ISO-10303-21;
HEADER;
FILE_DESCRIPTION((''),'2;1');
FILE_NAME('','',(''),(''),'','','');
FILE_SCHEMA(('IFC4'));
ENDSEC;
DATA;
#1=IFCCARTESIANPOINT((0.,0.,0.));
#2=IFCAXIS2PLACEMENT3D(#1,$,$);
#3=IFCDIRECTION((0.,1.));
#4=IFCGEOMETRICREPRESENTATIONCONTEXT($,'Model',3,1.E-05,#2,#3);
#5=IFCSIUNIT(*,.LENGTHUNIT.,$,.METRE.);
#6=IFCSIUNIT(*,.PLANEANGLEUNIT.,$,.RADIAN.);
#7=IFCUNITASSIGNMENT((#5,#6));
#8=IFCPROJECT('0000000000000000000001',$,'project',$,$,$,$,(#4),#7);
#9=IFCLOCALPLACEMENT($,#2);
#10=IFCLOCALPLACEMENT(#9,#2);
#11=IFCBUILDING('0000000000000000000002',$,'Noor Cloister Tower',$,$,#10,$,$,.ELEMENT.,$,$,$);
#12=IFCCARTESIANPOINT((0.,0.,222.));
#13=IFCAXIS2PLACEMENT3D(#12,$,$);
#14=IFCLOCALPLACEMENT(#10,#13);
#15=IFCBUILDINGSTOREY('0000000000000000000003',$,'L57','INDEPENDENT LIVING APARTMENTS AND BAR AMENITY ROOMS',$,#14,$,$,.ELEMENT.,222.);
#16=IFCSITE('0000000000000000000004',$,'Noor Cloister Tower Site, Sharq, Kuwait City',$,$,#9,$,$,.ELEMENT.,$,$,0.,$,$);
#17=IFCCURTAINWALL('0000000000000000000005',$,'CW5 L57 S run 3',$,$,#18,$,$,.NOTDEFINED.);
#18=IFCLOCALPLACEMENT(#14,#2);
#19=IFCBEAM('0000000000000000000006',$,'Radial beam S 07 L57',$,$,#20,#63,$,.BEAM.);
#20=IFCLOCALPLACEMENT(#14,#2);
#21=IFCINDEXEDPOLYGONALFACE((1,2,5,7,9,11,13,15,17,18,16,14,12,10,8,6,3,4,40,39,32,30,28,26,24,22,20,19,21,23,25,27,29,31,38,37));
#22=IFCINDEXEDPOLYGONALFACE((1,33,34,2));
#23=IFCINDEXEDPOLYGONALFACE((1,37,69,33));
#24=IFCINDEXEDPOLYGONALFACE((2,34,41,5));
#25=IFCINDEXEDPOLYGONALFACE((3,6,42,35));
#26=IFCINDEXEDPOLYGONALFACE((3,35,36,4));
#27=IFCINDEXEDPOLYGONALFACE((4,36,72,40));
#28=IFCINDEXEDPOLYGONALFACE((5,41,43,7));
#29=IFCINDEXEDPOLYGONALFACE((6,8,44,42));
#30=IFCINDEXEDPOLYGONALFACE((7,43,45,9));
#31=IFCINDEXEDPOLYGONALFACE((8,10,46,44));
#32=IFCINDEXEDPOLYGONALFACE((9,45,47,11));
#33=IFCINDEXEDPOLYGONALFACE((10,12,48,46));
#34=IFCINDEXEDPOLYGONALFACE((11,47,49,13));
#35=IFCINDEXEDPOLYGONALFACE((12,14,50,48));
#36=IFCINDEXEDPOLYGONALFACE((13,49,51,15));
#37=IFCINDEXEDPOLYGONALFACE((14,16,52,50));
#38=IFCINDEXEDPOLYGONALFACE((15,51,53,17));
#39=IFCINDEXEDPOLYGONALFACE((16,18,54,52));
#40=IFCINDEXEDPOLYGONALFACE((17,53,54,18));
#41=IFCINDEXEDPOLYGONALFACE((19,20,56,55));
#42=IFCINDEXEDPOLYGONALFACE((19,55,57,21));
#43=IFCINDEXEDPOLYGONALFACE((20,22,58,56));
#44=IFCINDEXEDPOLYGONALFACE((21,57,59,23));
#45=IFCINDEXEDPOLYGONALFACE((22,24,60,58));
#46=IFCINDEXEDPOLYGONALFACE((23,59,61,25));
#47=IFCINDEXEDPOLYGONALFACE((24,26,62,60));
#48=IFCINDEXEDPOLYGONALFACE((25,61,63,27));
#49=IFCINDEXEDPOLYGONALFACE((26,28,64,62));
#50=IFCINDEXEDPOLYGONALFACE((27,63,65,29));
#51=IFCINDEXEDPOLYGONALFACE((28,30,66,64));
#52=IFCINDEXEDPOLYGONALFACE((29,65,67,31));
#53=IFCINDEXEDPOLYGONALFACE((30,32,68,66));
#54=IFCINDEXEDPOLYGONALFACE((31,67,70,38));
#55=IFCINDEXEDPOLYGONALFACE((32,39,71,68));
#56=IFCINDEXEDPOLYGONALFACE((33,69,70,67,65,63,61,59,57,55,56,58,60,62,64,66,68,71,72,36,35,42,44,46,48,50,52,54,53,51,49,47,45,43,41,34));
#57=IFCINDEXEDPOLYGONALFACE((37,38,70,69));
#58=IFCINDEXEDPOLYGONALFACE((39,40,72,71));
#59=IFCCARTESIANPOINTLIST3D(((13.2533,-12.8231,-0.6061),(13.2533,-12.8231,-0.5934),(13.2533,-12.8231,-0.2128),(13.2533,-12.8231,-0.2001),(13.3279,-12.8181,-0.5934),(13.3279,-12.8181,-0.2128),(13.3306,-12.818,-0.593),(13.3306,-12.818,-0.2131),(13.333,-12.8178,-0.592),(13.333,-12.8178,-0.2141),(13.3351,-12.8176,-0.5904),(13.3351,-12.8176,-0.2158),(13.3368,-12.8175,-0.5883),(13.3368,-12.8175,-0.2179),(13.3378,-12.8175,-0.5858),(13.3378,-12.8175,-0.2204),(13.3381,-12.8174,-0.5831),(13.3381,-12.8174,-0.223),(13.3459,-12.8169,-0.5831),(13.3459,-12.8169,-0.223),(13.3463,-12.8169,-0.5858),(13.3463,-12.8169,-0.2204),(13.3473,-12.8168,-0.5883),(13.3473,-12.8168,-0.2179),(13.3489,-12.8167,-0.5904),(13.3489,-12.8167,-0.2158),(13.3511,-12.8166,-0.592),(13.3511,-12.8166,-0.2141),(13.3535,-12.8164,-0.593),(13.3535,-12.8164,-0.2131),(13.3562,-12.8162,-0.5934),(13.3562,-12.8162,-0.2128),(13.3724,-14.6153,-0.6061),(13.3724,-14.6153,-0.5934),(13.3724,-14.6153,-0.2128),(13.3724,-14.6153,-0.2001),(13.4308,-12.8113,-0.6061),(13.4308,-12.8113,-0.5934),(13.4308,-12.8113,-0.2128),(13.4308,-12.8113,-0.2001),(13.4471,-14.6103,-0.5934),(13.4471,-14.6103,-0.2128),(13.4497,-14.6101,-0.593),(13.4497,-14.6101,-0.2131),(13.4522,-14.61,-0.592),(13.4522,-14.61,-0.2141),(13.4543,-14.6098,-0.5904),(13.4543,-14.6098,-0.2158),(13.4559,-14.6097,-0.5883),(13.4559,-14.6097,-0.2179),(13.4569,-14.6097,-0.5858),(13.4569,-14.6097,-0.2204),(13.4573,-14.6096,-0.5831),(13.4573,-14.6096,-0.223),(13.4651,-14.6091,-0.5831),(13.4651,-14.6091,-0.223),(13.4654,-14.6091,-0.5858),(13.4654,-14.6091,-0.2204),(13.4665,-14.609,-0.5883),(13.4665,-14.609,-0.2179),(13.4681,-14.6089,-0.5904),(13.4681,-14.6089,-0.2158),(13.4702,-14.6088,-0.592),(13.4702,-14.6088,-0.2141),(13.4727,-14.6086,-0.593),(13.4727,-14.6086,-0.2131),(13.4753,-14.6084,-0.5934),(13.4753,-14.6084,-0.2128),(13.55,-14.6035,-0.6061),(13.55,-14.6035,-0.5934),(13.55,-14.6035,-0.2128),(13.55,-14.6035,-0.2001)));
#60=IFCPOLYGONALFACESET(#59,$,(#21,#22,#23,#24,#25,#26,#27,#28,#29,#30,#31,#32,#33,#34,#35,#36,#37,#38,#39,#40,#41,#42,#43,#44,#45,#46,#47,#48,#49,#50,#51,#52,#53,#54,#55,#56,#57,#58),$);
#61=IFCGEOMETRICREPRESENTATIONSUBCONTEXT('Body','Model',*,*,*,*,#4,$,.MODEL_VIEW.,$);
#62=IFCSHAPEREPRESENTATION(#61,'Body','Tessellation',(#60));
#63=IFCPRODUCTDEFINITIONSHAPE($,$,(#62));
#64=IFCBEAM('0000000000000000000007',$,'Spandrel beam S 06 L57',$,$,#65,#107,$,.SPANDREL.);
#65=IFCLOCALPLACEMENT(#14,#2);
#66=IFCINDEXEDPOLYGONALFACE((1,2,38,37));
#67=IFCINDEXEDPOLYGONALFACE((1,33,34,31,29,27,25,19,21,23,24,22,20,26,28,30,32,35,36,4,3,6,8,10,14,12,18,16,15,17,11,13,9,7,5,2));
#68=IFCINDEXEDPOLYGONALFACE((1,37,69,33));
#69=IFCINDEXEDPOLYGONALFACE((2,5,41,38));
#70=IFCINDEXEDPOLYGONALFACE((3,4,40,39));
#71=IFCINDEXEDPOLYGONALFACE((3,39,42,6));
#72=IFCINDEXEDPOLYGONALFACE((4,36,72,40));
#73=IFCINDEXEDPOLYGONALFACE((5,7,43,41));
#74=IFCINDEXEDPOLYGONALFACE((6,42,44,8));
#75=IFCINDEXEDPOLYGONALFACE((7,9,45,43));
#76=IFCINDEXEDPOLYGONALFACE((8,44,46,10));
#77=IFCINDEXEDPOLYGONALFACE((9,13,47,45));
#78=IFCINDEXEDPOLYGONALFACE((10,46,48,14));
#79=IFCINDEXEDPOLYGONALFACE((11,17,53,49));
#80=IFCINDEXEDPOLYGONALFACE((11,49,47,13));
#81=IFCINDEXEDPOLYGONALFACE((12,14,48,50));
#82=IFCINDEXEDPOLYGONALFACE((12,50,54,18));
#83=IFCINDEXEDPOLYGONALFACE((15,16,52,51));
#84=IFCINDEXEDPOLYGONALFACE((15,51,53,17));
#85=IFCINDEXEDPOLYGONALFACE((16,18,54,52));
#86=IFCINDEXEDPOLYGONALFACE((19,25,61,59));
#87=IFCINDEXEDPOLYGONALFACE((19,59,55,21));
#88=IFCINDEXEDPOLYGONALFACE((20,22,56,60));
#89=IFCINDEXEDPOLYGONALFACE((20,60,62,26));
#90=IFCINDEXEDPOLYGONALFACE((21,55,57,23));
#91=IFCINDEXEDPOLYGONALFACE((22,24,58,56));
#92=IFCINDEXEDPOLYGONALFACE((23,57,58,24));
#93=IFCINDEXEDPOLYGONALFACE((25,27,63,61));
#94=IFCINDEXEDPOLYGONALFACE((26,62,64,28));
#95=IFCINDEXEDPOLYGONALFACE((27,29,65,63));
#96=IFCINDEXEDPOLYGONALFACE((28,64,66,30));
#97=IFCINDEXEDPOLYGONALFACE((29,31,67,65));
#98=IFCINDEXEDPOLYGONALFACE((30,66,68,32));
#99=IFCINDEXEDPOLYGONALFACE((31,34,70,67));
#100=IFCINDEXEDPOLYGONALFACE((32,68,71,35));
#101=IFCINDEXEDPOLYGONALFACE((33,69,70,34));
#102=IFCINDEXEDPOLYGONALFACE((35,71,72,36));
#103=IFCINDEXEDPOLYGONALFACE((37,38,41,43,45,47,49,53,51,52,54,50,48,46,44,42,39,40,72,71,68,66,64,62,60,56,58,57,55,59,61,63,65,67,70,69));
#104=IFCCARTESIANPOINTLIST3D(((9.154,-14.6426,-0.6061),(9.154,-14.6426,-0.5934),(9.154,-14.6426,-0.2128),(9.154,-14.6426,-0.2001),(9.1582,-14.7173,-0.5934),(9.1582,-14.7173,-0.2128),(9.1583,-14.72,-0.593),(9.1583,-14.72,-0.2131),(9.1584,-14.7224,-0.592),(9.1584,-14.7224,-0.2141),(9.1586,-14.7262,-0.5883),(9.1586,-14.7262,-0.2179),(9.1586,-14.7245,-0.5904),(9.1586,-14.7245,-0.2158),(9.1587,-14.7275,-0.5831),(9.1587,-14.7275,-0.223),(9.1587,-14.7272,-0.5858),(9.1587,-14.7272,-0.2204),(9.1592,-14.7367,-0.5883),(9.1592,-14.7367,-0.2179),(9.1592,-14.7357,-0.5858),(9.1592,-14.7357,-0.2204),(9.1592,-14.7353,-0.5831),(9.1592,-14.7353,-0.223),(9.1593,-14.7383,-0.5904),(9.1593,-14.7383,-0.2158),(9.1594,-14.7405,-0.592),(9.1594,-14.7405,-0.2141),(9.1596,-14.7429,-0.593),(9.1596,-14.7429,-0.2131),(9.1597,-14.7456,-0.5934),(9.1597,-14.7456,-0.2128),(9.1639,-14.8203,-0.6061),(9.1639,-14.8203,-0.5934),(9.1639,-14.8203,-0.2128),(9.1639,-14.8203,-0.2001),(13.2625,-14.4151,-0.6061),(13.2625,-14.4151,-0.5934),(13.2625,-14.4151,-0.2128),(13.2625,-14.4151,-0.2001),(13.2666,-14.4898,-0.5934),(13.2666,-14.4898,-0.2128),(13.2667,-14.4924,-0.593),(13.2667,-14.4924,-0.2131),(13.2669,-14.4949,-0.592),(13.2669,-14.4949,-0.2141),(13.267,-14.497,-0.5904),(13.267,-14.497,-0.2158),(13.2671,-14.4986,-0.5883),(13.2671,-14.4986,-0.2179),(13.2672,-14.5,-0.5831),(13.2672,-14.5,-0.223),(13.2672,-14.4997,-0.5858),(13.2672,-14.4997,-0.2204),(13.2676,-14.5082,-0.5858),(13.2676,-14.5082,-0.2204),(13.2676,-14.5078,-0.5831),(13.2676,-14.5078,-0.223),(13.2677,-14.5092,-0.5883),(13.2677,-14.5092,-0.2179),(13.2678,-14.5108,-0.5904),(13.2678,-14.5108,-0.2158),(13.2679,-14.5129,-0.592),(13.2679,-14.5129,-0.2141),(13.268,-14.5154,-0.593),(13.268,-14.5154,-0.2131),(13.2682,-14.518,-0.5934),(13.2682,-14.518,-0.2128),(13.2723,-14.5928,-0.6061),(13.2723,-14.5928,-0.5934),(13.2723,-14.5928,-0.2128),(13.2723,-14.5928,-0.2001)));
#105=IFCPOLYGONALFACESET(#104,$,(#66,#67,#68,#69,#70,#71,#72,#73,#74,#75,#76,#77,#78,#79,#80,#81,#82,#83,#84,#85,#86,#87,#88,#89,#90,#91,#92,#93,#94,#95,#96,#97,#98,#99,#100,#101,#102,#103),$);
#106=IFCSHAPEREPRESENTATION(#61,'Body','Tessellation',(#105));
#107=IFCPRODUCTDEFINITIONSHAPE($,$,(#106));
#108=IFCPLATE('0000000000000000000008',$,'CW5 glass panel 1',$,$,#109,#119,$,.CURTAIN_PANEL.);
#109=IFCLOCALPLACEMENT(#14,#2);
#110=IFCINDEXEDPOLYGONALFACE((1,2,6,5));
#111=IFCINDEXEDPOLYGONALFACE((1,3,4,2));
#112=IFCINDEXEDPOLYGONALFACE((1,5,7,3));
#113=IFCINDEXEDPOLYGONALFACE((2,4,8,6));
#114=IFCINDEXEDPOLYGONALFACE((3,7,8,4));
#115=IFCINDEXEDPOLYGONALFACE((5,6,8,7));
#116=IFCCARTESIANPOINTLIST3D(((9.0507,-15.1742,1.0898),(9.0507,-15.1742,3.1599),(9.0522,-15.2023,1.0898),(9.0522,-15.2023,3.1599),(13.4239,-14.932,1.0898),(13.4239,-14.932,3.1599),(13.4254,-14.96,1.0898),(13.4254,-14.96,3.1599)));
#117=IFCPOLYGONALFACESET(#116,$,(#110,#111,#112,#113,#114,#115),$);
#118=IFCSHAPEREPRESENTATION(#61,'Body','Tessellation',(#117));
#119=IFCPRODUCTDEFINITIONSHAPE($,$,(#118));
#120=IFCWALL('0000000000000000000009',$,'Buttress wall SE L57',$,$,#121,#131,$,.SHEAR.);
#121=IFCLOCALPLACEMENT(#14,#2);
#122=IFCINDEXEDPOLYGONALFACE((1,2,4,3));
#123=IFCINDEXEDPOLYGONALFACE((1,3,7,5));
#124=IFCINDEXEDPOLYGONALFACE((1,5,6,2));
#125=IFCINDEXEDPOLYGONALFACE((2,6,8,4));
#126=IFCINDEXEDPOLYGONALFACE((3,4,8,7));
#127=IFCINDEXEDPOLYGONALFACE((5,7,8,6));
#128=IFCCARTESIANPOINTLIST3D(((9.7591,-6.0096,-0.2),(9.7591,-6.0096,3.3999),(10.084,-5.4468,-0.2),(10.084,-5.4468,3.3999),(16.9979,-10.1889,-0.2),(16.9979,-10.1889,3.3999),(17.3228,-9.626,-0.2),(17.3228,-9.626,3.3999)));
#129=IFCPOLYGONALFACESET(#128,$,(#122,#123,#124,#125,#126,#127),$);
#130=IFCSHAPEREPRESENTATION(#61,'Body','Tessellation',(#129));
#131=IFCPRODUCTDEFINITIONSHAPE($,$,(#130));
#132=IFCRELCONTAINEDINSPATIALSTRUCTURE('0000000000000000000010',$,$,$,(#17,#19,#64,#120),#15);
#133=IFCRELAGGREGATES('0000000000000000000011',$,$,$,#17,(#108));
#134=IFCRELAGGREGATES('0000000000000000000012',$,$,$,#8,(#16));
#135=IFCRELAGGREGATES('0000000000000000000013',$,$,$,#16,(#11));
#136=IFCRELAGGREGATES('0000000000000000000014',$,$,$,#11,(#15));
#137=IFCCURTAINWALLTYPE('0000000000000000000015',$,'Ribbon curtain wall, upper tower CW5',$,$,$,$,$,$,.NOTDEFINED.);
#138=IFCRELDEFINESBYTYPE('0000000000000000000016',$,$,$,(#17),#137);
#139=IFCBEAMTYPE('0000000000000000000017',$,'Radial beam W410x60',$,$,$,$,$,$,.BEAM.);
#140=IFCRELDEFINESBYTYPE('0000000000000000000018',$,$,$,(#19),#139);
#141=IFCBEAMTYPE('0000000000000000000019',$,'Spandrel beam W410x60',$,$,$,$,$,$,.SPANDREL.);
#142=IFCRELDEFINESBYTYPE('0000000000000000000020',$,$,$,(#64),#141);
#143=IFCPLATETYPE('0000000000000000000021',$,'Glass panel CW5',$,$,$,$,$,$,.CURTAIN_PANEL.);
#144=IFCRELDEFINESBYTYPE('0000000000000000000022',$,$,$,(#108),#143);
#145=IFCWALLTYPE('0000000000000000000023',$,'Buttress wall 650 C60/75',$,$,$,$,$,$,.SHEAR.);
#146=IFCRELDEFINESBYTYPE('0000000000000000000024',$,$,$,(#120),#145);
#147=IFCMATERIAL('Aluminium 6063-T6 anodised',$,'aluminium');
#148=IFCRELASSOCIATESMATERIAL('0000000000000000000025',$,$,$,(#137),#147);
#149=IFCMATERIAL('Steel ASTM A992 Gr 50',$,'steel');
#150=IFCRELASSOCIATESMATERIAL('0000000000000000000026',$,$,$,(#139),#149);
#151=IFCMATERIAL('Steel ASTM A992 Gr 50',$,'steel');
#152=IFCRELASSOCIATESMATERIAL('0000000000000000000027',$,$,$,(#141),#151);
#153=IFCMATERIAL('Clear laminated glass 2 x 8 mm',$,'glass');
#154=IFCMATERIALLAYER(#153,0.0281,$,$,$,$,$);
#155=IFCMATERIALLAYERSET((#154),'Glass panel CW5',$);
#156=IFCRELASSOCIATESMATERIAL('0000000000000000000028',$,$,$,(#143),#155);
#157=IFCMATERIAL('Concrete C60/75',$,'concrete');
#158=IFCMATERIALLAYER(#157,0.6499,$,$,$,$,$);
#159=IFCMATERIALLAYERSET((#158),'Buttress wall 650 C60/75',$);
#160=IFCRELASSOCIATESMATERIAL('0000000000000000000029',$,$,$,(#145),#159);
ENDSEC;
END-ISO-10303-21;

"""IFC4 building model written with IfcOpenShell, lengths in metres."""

from ifc_helpers import new_model, si_unit, direction, frame, frame_2d, origin, origin_2d, place, context, subcontext, project, spatial, rectangle, i_section, extrude, material, layer, layer_set, material_profile, profile_set, type_object, element, aggregate, save


model = new_model("IFC4")

# Units and contexts
model_context = context("Model", 3, precision=1e-05, world=origin(), true_north=direction((0.0, 1.0)))
body_context = subcontext(model_context, "Body", "Model", "MODEL_VIEW")
ifc_project = project(units=[si_unit("LENGTHUNIT", "METRE"), si_unit("PLANEANGLEUNIT", "RADIAN")], contexts=[model_context])

# Site, building, storey
site_placement = place(None, origin())
site = spatial("IfcSite", under=ifc_project, at=site_placement, Name="Noor Cloister Tower Site, Sharq, Kuwait City", CompositionType="ELEMENT", RefElevation=0.0)
building_placement = place(site_placement, origin())
building = spatial("IfcBuilding", under=site, at=building_placement, Name="Noor Cloister Tower", CompositionType="ELEMENT")
storey_placement = place(building_placement, frame((0.0, 0.0, 222.0)))
storey = spatial("IfcBuildingStorey", under=building, at=storey_placement, Name="L57", Description="INDEPENDENT LIVING APARTMENTS AND BAR AMENITY ROOMS", CompositionType="ELEMENT", Elevation=222.0)

# Curtain wall
ifc_material_1 = material(Name="Aluminium 6063-T6 anodised", Category="aluminium")
curtain_wall_type = type_object("IfcCurtainWallType", Name="Ribbon curtain wall, upper tower CW5", PredefinedType="NOTDEFINED", material=ifc_material_1)
curtain_wall_placement = place(storey_placement, origin())
curtain_wall = element("IfcCurtainWall", 1, at=curtain_wall_placement, inside=storey, type_object=curtain_wall_type, Name="CW5 L57 S run 3", PredefinedType="NOTDEFINED")

# Beams
ifc_material_2 = material(Name="Steel ASTM A992 Gr 50", Category="steel")
ifc_material_profile_1 = material_profile(ifc_material_2, i_section(OverallWidth=0.178, OverallDepth=0.406, WebThickness=0.0078, FlangeThickness=0.0127, FilletRadius=0.0103, at=origin_2d()), Name="W410x60")
ifc_profile_set_1 = profile_set([ifc_material_profile_1], Name="Steel ASTM A992 Gr 50")
beam_type_1 = type_object("IfcBeamType", Name="Radial beam W410x60", PredefinedType="BEAM", material=ifc_profile_set_1)
beam_1_placement = place(storey_placement, frame((13.4612, -14.6094, -0.4031), z_axis=(-0.06633, 0.997798, 0.0), x_axis=(-0.997798, -0.06633, 0.0)))
element("IfcBeam", 2, at=beam_1_placement, inside=storey, type_object=beam_type_1, Name="Radial beam S 07 L57", PredefinedType="BEAM", context=body_context, shape_type="SweptSolid", body=[
    extrude(i_section(OverallWidth=0.178, OverallDepth=0.406, WebThickness=0.0078, FlangeThickness=0.0127, FilletRadius=0.0103, at=origin_2d()), origin(), (0.0, 0.0, 1.0), 1.7961),
])
ifc_material_3 = material(Name="Steel ASTM A992 Gr 50", Category="steel")
ifc_material_profile_2 = material_profile(ifc_material_3, i_section(OverallWidth=0.178, OverallDepth=0.406, WebThickness=0.0078, FlangeThickness=0.0127, FilletRadius=0.0103, at=origin_2d()), Name="W410x60")
ifc_profile_set_2 = profile_set([ifc_material_profile_2], Name="Steel ASTM A992 Gr 50")
beam_type_2 = type_object("IfcBeamType", Name="Spandrel beam W410x60", PredefinedType="SPANDREL", material=ifc_profile_set_2)
beam_2_placement = place(storey_placement, frame((9.1589, -14.7314, -0.4031), z_axis=(0.99847, 0.055299, 0.0), x_axis=(-0.055299, 0.99847, 0.0)))
element("IfcBeam", 3, at=beam_2_placement, inside=storey, type_object=beam_type_2, Name="Spandrel beam S 06 L57", PredefinedType="SPANDREL", context=body_context, shape_type="SweptSolid", body=[
    extrude(i_section(OverallWidth=0.178, OverallDepth=0.406, WebThickness=0.0078, FlangeThickness=0.0127, FilletRadius=0.0103, at=origin_2d()), origin(), (0.0, 0.0, 1.0), 4.1147),
])

# Plate
ifc_material_4 = material(Name="Clear laminated glass 2 x 8 mm", Category="glass")
ifc_layer_1 = layer(ifc_material_4, 0.0281)
ifc_layer_set_1 = layer_set([ifc_layer_1], Name="Glass panel CW5")
plate_type = type_object("IfcPlateType", Name="Glass panel CW5", PredefinedType="CURTAIN_PANEL", material=ifc_layer_set_1)
plate_placement = place(storey_placement, frame((11.238, -15.0671, 1.0898), z_axis=(0.0, 0.0, 1.0), x_axis=(0.998469, 0.055305, 0.0)))
plate = element("IfcPlate", 4, at=plate_placement, type_object=plate_type, Name="CW5 glass panel 1", PredefinedType="CURTAIN_PANEL", context=body_context, shape_type="SweptSolid", body=[
    extrude(rectangle(XDim=4.3799, YDim=0.0281, at=origin_2d()), origin(), (0.0, 0.0, 1.0), 2.0701),
])
aggregate(curtain_wall, [plate])

# Wall
ifc_material_5 = material(Name="Concrete C60/75", Category="concrete")
ifc_layer_2 = layer(ifc_material_5, 0.6499)
ifc_layer_set_2 = layer_set([ifc_layer_2], Name="Buttress wall 650 C60/75")
wall_type_1 = type_object("IfcWallType", Name="Buttress wall 650 C60/75", PredefinedType="SHEAR", material=ifc_layer_set_2)
wall_1_placement = place(storey_placement, frame((9.9216, -5.7283, -0.2), z_axis=(0.0, 0.0, 1.0), x_axis=(0.866031, -0.49999, 0.0)))
element("IfcWall", 5, at=wall_1_placement, inside=storey, type_object=wall_type_1, Name="Buttress wall SE L57", PredefinedType="SHEAR", context=body_context, shape_type="SweptSolid", body=[
    extrude(rectangle(XDim=8.3586, YDim=0.6499, at=frame_2d((4.1792, 0.0))), origin(), (0.0, 0.0, 1.0), 3.5999),
])

save(model, "model.ifc")
